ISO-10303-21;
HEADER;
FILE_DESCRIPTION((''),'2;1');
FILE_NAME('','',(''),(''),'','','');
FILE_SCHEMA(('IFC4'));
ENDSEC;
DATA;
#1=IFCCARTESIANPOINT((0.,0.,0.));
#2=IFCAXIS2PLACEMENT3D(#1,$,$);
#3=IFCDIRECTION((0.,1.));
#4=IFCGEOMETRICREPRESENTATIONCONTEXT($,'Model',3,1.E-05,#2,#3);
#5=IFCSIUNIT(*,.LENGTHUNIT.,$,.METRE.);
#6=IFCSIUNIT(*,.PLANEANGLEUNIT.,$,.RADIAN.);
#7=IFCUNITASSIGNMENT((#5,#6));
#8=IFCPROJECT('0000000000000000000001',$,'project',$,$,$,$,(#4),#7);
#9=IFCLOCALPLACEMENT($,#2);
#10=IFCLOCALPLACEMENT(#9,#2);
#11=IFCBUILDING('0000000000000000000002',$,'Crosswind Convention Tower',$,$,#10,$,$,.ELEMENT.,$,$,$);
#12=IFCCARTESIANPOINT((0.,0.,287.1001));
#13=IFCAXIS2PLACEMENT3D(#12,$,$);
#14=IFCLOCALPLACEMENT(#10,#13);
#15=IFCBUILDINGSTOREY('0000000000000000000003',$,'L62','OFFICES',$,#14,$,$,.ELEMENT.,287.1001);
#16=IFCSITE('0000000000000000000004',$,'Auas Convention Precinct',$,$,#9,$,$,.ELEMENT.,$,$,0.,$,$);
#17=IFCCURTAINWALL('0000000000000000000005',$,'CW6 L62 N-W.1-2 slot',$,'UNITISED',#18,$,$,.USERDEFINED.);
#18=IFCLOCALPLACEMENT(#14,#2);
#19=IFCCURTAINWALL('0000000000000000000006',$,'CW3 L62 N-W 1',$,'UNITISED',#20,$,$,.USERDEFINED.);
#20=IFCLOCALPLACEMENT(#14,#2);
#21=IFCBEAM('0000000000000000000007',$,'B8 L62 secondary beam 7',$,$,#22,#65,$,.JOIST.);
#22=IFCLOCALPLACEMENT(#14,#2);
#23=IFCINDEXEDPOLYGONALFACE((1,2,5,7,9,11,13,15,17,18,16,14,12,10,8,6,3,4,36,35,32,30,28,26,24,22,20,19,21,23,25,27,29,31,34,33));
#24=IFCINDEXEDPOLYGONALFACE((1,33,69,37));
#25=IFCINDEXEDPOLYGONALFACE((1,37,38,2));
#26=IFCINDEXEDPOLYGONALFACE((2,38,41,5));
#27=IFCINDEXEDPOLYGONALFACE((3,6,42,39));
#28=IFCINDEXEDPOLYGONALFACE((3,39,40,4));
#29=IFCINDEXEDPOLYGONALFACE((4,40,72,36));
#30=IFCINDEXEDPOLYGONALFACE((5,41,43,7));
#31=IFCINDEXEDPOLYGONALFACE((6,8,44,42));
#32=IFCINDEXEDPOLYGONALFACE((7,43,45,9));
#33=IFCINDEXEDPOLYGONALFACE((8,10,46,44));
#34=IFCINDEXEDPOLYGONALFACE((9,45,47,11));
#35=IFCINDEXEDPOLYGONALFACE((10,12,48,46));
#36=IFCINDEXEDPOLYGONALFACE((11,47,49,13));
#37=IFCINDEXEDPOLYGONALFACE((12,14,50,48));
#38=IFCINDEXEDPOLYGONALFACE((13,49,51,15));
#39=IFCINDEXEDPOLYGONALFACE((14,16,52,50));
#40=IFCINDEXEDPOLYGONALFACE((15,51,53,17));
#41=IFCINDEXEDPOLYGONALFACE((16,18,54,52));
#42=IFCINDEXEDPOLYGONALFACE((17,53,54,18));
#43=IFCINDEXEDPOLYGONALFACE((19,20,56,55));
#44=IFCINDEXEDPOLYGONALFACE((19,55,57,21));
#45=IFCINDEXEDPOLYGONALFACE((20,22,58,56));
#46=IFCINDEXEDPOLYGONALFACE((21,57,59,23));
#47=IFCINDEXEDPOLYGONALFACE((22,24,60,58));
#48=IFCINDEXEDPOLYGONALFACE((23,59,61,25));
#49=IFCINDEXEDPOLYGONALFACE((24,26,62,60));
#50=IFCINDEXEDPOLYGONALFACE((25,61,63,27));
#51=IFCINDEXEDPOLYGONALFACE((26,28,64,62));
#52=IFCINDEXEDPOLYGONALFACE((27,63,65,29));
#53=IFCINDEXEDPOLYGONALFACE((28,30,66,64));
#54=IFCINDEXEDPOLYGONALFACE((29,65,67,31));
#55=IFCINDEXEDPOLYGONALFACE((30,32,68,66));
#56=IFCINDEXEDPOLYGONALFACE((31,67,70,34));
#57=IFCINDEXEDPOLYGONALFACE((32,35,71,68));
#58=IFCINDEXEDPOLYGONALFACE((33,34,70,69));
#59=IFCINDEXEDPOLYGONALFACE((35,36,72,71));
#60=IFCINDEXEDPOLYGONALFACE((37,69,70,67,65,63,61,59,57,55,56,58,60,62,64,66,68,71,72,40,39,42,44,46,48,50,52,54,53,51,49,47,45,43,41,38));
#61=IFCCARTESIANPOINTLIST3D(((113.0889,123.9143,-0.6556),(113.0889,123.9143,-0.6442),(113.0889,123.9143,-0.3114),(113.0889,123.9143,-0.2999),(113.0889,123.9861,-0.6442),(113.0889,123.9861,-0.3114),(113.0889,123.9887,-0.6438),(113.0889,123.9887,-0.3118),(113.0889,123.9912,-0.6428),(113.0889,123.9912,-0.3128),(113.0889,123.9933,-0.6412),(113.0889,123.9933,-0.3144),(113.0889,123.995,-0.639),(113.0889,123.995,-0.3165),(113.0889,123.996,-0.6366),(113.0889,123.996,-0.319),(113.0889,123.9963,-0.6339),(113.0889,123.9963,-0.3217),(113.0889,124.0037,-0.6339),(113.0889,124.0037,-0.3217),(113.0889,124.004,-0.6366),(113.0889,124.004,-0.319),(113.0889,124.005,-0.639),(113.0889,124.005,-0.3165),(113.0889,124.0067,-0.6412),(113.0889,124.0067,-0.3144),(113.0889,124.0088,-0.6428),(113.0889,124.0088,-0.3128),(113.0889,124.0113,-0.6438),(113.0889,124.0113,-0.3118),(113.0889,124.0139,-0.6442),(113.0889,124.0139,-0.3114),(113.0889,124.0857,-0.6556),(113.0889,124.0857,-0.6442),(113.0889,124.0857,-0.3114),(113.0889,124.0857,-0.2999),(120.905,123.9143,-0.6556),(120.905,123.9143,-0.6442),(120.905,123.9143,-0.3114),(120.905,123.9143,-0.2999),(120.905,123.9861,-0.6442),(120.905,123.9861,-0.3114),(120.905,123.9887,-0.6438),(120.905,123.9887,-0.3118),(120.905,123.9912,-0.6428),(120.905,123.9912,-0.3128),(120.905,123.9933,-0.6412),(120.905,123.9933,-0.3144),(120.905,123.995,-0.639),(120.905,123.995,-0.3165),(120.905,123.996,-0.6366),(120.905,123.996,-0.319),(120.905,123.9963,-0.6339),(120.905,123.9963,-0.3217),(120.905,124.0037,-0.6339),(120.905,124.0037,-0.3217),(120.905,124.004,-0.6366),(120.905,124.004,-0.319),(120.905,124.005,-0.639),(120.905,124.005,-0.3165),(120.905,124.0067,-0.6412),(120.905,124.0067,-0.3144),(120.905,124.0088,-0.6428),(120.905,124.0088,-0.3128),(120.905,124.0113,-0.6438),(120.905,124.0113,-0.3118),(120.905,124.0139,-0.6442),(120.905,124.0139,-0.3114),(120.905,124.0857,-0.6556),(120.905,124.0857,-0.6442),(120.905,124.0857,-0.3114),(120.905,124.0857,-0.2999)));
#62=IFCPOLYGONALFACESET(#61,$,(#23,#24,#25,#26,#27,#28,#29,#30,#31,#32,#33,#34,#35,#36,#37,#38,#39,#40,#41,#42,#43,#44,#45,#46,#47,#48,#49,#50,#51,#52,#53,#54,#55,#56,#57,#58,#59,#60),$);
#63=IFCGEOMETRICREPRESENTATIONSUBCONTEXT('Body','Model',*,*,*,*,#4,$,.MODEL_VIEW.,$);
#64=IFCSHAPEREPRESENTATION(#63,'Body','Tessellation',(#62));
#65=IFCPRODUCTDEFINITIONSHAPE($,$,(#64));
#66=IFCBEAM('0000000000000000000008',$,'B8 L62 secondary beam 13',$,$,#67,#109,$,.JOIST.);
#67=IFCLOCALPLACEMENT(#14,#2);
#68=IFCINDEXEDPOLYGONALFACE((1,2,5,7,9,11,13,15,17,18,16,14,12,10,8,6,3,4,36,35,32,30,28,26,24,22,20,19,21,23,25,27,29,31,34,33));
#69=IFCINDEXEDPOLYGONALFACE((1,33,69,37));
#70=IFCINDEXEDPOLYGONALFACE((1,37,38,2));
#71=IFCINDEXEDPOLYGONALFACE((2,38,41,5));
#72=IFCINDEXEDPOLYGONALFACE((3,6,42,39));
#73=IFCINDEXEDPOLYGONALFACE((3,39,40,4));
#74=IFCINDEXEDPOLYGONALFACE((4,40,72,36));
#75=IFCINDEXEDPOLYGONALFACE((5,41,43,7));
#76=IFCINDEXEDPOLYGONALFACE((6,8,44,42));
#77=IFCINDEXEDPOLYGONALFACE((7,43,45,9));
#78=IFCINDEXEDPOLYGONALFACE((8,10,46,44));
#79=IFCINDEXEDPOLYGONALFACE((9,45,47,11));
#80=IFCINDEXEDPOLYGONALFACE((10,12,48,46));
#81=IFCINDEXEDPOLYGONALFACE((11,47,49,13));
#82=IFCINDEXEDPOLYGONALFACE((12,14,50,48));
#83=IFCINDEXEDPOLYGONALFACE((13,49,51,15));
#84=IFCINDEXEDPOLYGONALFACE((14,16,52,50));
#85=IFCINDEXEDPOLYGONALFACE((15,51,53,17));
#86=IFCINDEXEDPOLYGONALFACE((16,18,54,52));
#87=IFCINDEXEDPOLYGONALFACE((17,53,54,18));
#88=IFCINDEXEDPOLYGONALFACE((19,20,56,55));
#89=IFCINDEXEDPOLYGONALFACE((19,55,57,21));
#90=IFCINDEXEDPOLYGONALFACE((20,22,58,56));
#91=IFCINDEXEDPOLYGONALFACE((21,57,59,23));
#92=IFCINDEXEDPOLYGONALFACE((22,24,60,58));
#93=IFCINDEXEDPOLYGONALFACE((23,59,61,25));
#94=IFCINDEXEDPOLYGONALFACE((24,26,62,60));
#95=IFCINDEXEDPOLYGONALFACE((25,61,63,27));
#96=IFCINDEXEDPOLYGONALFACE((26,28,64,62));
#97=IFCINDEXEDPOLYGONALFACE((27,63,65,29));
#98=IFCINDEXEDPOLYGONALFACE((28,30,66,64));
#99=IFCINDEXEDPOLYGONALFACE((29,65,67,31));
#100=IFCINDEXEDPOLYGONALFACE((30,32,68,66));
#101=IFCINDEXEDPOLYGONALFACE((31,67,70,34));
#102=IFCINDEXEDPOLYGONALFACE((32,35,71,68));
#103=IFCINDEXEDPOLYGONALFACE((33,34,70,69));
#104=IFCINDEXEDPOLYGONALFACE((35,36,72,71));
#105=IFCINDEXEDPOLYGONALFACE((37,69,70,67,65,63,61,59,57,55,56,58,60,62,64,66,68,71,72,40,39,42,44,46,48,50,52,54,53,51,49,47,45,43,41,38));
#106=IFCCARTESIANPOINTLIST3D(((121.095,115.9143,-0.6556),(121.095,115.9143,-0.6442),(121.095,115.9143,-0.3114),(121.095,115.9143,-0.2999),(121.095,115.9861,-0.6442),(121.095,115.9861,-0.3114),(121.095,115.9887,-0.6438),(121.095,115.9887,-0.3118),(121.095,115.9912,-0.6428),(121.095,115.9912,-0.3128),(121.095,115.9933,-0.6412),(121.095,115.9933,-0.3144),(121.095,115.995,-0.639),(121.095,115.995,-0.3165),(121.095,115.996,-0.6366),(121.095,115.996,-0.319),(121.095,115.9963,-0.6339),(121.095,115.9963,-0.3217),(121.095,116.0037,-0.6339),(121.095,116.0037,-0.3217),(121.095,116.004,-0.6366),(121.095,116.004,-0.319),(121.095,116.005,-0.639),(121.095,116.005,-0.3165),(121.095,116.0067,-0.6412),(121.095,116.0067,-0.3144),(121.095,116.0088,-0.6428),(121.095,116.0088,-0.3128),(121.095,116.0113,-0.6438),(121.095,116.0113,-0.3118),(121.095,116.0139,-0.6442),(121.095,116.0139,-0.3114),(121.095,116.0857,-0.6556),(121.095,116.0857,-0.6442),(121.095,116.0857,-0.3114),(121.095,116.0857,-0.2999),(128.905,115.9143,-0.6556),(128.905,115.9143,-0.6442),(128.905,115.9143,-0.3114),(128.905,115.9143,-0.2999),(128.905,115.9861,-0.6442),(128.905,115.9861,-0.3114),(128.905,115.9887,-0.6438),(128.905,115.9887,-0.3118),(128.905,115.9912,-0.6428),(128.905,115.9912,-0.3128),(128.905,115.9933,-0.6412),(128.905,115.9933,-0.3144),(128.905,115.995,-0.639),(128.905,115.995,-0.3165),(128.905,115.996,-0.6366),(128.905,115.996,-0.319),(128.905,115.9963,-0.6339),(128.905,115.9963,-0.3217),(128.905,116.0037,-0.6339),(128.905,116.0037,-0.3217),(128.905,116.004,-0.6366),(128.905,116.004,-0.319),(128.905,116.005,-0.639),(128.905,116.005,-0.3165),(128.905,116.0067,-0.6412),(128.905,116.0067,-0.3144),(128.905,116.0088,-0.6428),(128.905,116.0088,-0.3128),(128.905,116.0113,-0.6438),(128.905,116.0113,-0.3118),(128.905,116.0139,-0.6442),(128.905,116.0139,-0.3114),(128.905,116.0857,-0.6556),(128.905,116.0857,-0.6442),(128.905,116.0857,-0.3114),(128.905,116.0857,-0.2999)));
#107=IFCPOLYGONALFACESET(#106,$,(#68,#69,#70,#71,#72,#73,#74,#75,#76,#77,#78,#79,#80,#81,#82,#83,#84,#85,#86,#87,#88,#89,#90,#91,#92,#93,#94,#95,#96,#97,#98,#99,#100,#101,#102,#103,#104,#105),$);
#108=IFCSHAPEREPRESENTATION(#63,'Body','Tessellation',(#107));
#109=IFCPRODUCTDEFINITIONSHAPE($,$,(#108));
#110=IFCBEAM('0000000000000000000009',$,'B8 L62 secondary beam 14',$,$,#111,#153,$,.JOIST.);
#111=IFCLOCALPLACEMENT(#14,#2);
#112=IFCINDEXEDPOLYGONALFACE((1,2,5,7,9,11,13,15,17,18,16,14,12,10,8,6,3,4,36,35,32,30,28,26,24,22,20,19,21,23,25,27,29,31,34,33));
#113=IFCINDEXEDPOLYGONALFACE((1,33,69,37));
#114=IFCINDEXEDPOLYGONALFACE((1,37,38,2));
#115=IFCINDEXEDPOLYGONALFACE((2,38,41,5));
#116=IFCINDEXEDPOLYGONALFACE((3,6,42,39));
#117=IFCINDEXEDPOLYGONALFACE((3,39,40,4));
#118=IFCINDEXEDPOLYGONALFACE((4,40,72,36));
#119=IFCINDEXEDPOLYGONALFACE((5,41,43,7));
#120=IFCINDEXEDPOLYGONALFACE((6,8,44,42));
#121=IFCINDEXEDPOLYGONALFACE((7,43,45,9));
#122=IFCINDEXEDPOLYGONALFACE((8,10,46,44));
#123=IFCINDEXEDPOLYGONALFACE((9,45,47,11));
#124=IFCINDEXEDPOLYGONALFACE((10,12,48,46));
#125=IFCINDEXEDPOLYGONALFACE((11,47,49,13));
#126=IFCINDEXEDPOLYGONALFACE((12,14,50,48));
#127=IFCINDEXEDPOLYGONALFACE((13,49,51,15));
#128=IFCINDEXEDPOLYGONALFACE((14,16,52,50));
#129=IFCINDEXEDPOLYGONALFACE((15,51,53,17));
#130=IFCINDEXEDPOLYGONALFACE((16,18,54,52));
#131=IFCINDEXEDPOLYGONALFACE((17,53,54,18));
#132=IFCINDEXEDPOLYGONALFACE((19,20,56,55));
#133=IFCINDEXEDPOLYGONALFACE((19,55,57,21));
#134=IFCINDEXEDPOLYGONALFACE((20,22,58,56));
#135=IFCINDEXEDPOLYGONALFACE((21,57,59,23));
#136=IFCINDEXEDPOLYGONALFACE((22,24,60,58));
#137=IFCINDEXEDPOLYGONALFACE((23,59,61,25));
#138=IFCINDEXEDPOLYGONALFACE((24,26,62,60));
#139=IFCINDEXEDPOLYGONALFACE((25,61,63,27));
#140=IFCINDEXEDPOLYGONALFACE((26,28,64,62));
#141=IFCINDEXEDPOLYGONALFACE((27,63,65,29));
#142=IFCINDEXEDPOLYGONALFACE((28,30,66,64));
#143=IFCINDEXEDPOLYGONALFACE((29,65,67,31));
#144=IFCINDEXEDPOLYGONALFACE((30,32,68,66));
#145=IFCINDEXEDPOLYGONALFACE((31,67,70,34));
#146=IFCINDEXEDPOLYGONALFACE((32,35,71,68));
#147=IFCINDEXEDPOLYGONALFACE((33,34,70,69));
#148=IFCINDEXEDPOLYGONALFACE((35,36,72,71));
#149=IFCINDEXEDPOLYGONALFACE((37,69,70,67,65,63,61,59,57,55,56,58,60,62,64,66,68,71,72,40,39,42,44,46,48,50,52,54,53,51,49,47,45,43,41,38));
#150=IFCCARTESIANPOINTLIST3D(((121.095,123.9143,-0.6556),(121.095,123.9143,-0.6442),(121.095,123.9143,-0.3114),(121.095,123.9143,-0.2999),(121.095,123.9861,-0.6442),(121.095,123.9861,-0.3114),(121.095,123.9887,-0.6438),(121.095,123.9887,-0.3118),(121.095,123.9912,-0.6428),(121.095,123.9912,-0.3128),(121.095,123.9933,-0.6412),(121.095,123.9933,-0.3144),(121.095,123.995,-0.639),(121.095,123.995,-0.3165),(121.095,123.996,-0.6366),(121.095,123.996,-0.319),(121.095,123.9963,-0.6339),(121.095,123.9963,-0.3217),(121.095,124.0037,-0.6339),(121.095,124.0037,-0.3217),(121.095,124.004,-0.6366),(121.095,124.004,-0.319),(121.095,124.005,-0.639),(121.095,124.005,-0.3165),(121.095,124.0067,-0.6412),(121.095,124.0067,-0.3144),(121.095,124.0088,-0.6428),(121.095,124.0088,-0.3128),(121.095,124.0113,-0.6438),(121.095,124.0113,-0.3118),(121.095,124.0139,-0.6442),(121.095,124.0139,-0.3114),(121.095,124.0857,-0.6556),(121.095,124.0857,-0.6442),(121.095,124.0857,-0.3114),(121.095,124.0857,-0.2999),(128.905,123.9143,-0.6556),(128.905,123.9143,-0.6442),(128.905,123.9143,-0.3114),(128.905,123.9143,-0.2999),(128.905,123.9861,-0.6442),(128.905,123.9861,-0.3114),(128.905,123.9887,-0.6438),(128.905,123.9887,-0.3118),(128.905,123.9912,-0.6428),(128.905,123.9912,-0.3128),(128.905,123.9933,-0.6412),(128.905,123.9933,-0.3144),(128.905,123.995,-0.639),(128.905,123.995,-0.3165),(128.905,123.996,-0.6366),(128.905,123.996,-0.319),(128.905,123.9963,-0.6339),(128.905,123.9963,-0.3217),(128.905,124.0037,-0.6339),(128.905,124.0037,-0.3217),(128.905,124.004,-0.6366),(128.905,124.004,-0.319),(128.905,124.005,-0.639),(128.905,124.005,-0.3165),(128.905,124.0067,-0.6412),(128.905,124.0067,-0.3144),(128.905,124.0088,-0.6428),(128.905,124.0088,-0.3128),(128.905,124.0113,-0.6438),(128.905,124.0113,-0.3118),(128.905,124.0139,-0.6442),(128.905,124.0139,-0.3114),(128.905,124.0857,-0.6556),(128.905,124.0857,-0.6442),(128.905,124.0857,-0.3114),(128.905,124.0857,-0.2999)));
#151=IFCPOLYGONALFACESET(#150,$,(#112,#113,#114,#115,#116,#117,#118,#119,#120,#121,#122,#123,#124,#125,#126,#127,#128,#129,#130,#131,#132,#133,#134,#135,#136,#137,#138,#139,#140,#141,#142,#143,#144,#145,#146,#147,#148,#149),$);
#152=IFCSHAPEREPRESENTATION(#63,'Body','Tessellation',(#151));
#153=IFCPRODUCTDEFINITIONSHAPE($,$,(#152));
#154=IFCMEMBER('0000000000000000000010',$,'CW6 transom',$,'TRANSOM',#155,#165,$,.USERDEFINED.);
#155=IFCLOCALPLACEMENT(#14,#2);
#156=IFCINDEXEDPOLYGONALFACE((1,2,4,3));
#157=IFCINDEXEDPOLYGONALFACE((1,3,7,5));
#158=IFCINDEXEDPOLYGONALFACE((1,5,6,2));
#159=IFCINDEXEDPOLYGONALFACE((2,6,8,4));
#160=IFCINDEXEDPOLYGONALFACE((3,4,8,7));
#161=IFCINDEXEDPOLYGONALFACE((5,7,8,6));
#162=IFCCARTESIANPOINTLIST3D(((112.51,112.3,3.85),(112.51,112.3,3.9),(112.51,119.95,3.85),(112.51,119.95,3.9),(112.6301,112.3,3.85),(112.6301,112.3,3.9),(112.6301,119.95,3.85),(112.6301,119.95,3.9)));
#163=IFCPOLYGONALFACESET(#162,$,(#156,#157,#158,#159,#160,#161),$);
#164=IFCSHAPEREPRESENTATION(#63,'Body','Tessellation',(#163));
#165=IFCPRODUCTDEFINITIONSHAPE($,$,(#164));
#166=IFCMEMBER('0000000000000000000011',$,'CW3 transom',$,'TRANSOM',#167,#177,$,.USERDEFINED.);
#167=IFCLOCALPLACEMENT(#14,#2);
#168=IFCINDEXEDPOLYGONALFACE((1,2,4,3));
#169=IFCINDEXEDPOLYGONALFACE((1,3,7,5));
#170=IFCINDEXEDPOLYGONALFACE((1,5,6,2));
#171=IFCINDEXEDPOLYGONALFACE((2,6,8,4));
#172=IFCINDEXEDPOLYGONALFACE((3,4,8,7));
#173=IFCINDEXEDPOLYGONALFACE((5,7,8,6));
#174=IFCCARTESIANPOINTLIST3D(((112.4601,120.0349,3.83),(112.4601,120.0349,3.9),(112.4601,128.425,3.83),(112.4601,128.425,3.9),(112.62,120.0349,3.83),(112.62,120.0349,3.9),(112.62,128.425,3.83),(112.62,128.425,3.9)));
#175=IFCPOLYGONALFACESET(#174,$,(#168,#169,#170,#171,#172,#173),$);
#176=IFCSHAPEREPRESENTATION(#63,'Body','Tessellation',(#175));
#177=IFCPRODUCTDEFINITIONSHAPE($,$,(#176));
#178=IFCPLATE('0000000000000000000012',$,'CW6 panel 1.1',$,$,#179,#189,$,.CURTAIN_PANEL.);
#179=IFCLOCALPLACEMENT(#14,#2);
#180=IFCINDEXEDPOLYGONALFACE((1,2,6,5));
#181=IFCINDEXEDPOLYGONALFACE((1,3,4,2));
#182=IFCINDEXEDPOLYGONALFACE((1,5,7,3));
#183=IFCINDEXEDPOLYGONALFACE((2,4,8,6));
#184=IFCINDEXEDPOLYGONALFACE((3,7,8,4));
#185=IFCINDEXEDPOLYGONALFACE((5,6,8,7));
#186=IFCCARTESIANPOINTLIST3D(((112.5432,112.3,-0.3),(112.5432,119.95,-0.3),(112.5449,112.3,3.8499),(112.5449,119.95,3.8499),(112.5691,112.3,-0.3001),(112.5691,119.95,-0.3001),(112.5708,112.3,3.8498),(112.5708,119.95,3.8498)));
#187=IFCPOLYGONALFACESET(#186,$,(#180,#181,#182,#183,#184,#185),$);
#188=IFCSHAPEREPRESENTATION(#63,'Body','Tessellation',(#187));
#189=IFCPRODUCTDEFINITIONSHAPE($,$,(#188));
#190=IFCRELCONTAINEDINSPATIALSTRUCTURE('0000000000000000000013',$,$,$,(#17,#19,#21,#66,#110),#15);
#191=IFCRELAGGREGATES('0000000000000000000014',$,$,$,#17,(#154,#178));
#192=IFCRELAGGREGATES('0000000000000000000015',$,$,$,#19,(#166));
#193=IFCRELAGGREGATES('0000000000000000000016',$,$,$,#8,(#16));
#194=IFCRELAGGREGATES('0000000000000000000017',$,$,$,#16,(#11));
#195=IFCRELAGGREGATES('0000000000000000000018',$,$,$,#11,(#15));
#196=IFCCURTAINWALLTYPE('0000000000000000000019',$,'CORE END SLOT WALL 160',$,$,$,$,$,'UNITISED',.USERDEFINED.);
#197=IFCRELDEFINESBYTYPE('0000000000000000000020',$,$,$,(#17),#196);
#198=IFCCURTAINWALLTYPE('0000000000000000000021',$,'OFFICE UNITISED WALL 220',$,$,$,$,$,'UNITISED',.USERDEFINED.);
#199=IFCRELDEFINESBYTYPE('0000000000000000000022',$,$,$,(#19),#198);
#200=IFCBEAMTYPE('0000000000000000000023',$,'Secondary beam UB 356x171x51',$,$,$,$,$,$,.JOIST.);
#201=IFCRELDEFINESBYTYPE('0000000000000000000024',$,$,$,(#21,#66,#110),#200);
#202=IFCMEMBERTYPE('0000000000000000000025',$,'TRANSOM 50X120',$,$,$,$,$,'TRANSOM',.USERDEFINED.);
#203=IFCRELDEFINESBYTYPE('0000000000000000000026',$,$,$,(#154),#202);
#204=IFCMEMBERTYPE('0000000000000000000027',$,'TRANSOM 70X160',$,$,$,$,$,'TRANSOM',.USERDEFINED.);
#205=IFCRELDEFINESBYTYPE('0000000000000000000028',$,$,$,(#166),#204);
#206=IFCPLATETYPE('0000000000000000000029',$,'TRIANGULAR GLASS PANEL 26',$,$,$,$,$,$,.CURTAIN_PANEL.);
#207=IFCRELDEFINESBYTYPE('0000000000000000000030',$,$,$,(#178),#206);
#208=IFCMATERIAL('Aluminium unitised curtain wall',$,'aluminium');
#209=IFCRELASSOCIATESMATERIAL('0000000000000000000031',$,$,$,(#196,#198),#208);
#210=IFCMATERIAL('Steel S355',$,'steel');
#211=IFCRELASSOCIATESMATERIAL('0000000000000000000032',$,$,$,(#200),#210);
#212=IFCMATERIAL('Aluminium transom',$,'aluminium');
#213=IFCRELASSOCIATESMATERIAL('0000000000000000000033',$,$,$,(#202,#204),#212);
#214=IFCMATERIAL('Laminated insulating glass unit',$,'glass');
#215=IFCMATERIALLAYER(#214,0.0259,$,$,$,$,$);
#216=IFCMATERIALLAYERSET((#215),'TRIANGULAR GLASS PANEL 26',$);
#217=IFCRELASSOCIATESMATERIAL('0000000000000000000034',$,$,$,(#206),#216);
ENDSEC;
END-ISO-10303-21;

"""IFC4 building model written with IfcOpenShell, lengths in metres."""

from ifc_helpers import new_model, si_unit, direction, frame, origin, origin_2d, place, context, subcontext, project, spatial, polyline, rectangle, i_section, outline, extrude, material, layer, layer_set, material_profile, profile_set, type_object, element, aggregate, save


model = new_model("IFC4")

# Units and contexts
model_context = context("Model", 3, precision=1e-05, world=origin(), true_north=direction((0.0, 1.0)))
body_context = subcontext(model_context, "Body", "Model", "MODEL_VIEW")
ifc_project = project(units=[si_unit("LENGTHUNIT", "METRE"), si_unit("PLANEANGLEUNIT", "RADIAN")], contexts=[model_context])

# Site, building, storey
site_placement = place(None, origin())
site = spatial("IfcSite", under=ifc_project, at=site_placement, Name="Auas Convention Precinct", CompositionType="ELEMENT", RefElevation=0.0)
building_placement = place(site_placement, origin())
building = spatial("IfcBuilding", under=site, at=building_placement, Name="Crosswind Convention Tower", CompositionType="ELEMENT")
storey_placement = place(building_placement, frame((0.0, 0.0, 287.1001)))
storey = spatial("IfcBuildingStorey", under=building, at=storey_placement, Name="L62", Description="OFFICES", CompositionType="ELEMENT", Elevation=287.1001)

# Shared definitions
ifc_material_1 = material(Name="Steel S355", Category="steel")

# Curtain wall
ifc_material_2 = material(Name="Aluminium unitised curtain wall", Category="aluminium")
curtain_wall_type_1 = type_object("IfcCurtainWallType", Name="CORE END SLOT WALL 160", ElementType="UNITISED", PredefinedType="USERDEFINED", material=ifc_material_2)
curtain_wall_1_placement = place(storey_placement, origin())
curtain_wall_1 = element("IfcCurtainWall", 1, at=curtain_wall_1_placement, inside=storey, type_object=curtain_wall_type_1, Name="CW6 L62 N-W.1-2 slot", ObjectType="UNITISED", PredefinedType="USERDEFINED")
curtain_wall_type_2 = type_object("IfcCurtainWallType", Name="OFFICE UNITISED WALL 220", ElementType="UNITISED", PredefinedType="USERDEFINED", material=ifc_material_2)

# Curtain wall
curtain_wall_2_placement = place(storey_placement, origin())
curtain_wall_2 = element("IfcCurtainWall", 2, at=curtain_wall_2_placement, inside=storey, type_object=curtain_wall_type_2, Name="CW3 L62 N-W 1", ObjectType="UNITISED", PredefinedType="USERDEFINED")

# Beams
ifc_material_profile_1 = material_profile(ifc_material_1, i_section(OverallWidth=0.1714, OverallDepth=0.3557, WebThickness=0.0073, FlangeThickness=0.0115, FilletRadius=0.0103, at=origin_2d()), Name="UB 356x171x51")
ifc_profile_set_1 = profile_set([ifc_material_profile_1], Name="Steel S355")
beam_type_1 = type_object("IfcBeamType", Name="Secondary beam UB 356x171x51", PredefinedType="JOIST", material=ifc_profile_set_1)
for number, where, z_axis, x_axis, name in (
    (3, (113.0889, 124.0, -0.4778), (1.0, 0.0, 0.0), (0.0, 1.0, 0.0), "B8 L62 secondary beam 7"),
):
    element("IfcBeam", number, at=place(storey_placement, frame(where, z_axis=z_axis, x_axis=x_axis)), inside=storey, type_object=beam_type_1, Name=name, PredefinedType="JOIST", context=body_context, shape_type="SweptSolid", body=[
        extrude(i_section(OverallWidth=0.1714, OverallDepth=0.3557, WebThickness=0.0073, FlangeThickness=0.0115, FilletRadius=0.0103, at=origin_2d()), origin(), (0.0, 0.0, 1.0), 7.8162),
    ])
for number, where, z_axis, x_axis, name in (
    (4, (121.095, 116.0, -0.4778), (1.0, 0.0, 0.0), (0.0, 1.0, 0.0), "B8 L62 secondary beam 13"),
    (5, (121.095, 124.0, -0.4778), (1.0, 0.0, 0.0), (0.0, 1.0, 0.0), "B8 L62 secondary beam 14"),
):
    element("IfcBeam", number, at=place(storey_placement, frame(where, z_axis=z_axis, x_axis=x_axis)), inside=storey, type_object=beam_type_1, Name=name, PredefinedType="JOIST", context=body_context, shape_type="SweptSolid", body=[
        extrude(i_section(OverallWidth=0.1714, OverallDepth=0.3557, WebThickness=0.0073, FlangeThickness=0.0115, FilletRadius=0.0103, at=origin_2d()), origin(), (0.0, 0.0, 1.0), 7.8101),
    ])

# Members
ifc_material_3 = material(Name="Aluminium transom", Category="aluminium")
ifc_material_profile_2 = material_profile(ifc_material_3, rectangle(XDim=0.1201, YDim=0.05, at=origin_2d()), Name="AL 120X50")
ifc_profile_set_2 = profile_set([ifc_material_profile_2], Name="Aluminium transom")
member_type_1 = type_object("IfcMemberType", Name="TRANSOM 50X120", ElementType="TRANSOM", PredefinedType="USERDEFINED", material=ifc_profile_set_2)
member_1_placement = place(storey_placement, frame((112.5701, 119.95, 3.875), z_axis=(0.0, -1.0, 0.0), x_axis=(1.0, 0.0, 0.0)))
member_1 = element("IfcMember", 6, at=member_1_placement, type_object=member_type_1, Name="CW6 transom", ObjectType="TRANSOM", PredefinedType="USERDEFINED", context=body_context, shape_type="SweptSolid", body=[
    extrude(rectangle(XDim=0.1201, YDim=0.05, at=origin_2d()), origin(), (0.0, 0.0, 1.0), 7.6499),
])
ifc_material_profile_3 = material_profile(ifc_material_3, rectangle(XDim=0.1599, YDim=0.0701, at=origin_2d()), Name="AL 160X70")
ifc_profile_set_3 = profile_set([ifc_material_profile_3], Name="Aluminium transom")
member_type_2 = type_object("IfcMemberType", Name="TRANSOM 70X160", ElementType="TRANSOM", PredefinedType="USERDEFINED", material=ifc_profile_set_3)
member_2_placement = place(storey_placement, frame((112.54, 128.425, 3.865), z_axis=(0.0, -1.0, 0.0), x_axis=(1.0, 0.0, 0.0)))
member_2 = element("IfcMember", 7, at=member_2_placement, type_object=member_type_2, Name="CW3 transom", ObjectType="TRANSOM", PredefinedType="USERDEFINED", context=body_context, shape_type="SweptSolid", body=[
    extrude(rectangle(XDim=0.1599, YDim=0.0701, at=origin_2d()), origin(), (0.0, 0.0, 1.0), 8.3901),
])

# Plate
ifc_material_4 = material(Name="Laminated insulating glass unit", Category="glass")
ifc_layer_1 = layer(ifc_material_4, 0.0259)
ifc_layer_set_1 = layer_set([ifc_layer_1], Name="TRIANGULAR GLASS PANEL 26")
plate_type_1 = type_object("IfcPlateType", Name="TRIANGULAR GLASS PANEL 26", PredefinedType="CURTAIN_PANEL", material=ifc_layer_set_1)
plate_1_placement = place(storey_placement, frame((112.5432, 119.95, -0.3), z_axis=(-1.0, 0.0, 0.000412), x_axis=(0.0, -1.0, 0.0)))
plate_1 = element("IfcPlate", 8, at=plate_1_placement, type_object=plate_type_1, Name="CW6 panel 1.1", PredefinedType="CURTAIN_PANEL", context=body_context, shape_type="SweptSolid", body=[
    extrude(outline(polyline([(0.0, 0.0), (7.6499, 0.0), (7.6499, 4.1499), (0.0, 4.1499), (0.0, 0.0)])), origin(), (0.0, 0.0, -1.0), 0.0259),
])
aggregate(curtain_wall_1, [member_1, plate_1])

aggregate(curtain_wall_2, [member_2])

save(model, "model.ifc")
